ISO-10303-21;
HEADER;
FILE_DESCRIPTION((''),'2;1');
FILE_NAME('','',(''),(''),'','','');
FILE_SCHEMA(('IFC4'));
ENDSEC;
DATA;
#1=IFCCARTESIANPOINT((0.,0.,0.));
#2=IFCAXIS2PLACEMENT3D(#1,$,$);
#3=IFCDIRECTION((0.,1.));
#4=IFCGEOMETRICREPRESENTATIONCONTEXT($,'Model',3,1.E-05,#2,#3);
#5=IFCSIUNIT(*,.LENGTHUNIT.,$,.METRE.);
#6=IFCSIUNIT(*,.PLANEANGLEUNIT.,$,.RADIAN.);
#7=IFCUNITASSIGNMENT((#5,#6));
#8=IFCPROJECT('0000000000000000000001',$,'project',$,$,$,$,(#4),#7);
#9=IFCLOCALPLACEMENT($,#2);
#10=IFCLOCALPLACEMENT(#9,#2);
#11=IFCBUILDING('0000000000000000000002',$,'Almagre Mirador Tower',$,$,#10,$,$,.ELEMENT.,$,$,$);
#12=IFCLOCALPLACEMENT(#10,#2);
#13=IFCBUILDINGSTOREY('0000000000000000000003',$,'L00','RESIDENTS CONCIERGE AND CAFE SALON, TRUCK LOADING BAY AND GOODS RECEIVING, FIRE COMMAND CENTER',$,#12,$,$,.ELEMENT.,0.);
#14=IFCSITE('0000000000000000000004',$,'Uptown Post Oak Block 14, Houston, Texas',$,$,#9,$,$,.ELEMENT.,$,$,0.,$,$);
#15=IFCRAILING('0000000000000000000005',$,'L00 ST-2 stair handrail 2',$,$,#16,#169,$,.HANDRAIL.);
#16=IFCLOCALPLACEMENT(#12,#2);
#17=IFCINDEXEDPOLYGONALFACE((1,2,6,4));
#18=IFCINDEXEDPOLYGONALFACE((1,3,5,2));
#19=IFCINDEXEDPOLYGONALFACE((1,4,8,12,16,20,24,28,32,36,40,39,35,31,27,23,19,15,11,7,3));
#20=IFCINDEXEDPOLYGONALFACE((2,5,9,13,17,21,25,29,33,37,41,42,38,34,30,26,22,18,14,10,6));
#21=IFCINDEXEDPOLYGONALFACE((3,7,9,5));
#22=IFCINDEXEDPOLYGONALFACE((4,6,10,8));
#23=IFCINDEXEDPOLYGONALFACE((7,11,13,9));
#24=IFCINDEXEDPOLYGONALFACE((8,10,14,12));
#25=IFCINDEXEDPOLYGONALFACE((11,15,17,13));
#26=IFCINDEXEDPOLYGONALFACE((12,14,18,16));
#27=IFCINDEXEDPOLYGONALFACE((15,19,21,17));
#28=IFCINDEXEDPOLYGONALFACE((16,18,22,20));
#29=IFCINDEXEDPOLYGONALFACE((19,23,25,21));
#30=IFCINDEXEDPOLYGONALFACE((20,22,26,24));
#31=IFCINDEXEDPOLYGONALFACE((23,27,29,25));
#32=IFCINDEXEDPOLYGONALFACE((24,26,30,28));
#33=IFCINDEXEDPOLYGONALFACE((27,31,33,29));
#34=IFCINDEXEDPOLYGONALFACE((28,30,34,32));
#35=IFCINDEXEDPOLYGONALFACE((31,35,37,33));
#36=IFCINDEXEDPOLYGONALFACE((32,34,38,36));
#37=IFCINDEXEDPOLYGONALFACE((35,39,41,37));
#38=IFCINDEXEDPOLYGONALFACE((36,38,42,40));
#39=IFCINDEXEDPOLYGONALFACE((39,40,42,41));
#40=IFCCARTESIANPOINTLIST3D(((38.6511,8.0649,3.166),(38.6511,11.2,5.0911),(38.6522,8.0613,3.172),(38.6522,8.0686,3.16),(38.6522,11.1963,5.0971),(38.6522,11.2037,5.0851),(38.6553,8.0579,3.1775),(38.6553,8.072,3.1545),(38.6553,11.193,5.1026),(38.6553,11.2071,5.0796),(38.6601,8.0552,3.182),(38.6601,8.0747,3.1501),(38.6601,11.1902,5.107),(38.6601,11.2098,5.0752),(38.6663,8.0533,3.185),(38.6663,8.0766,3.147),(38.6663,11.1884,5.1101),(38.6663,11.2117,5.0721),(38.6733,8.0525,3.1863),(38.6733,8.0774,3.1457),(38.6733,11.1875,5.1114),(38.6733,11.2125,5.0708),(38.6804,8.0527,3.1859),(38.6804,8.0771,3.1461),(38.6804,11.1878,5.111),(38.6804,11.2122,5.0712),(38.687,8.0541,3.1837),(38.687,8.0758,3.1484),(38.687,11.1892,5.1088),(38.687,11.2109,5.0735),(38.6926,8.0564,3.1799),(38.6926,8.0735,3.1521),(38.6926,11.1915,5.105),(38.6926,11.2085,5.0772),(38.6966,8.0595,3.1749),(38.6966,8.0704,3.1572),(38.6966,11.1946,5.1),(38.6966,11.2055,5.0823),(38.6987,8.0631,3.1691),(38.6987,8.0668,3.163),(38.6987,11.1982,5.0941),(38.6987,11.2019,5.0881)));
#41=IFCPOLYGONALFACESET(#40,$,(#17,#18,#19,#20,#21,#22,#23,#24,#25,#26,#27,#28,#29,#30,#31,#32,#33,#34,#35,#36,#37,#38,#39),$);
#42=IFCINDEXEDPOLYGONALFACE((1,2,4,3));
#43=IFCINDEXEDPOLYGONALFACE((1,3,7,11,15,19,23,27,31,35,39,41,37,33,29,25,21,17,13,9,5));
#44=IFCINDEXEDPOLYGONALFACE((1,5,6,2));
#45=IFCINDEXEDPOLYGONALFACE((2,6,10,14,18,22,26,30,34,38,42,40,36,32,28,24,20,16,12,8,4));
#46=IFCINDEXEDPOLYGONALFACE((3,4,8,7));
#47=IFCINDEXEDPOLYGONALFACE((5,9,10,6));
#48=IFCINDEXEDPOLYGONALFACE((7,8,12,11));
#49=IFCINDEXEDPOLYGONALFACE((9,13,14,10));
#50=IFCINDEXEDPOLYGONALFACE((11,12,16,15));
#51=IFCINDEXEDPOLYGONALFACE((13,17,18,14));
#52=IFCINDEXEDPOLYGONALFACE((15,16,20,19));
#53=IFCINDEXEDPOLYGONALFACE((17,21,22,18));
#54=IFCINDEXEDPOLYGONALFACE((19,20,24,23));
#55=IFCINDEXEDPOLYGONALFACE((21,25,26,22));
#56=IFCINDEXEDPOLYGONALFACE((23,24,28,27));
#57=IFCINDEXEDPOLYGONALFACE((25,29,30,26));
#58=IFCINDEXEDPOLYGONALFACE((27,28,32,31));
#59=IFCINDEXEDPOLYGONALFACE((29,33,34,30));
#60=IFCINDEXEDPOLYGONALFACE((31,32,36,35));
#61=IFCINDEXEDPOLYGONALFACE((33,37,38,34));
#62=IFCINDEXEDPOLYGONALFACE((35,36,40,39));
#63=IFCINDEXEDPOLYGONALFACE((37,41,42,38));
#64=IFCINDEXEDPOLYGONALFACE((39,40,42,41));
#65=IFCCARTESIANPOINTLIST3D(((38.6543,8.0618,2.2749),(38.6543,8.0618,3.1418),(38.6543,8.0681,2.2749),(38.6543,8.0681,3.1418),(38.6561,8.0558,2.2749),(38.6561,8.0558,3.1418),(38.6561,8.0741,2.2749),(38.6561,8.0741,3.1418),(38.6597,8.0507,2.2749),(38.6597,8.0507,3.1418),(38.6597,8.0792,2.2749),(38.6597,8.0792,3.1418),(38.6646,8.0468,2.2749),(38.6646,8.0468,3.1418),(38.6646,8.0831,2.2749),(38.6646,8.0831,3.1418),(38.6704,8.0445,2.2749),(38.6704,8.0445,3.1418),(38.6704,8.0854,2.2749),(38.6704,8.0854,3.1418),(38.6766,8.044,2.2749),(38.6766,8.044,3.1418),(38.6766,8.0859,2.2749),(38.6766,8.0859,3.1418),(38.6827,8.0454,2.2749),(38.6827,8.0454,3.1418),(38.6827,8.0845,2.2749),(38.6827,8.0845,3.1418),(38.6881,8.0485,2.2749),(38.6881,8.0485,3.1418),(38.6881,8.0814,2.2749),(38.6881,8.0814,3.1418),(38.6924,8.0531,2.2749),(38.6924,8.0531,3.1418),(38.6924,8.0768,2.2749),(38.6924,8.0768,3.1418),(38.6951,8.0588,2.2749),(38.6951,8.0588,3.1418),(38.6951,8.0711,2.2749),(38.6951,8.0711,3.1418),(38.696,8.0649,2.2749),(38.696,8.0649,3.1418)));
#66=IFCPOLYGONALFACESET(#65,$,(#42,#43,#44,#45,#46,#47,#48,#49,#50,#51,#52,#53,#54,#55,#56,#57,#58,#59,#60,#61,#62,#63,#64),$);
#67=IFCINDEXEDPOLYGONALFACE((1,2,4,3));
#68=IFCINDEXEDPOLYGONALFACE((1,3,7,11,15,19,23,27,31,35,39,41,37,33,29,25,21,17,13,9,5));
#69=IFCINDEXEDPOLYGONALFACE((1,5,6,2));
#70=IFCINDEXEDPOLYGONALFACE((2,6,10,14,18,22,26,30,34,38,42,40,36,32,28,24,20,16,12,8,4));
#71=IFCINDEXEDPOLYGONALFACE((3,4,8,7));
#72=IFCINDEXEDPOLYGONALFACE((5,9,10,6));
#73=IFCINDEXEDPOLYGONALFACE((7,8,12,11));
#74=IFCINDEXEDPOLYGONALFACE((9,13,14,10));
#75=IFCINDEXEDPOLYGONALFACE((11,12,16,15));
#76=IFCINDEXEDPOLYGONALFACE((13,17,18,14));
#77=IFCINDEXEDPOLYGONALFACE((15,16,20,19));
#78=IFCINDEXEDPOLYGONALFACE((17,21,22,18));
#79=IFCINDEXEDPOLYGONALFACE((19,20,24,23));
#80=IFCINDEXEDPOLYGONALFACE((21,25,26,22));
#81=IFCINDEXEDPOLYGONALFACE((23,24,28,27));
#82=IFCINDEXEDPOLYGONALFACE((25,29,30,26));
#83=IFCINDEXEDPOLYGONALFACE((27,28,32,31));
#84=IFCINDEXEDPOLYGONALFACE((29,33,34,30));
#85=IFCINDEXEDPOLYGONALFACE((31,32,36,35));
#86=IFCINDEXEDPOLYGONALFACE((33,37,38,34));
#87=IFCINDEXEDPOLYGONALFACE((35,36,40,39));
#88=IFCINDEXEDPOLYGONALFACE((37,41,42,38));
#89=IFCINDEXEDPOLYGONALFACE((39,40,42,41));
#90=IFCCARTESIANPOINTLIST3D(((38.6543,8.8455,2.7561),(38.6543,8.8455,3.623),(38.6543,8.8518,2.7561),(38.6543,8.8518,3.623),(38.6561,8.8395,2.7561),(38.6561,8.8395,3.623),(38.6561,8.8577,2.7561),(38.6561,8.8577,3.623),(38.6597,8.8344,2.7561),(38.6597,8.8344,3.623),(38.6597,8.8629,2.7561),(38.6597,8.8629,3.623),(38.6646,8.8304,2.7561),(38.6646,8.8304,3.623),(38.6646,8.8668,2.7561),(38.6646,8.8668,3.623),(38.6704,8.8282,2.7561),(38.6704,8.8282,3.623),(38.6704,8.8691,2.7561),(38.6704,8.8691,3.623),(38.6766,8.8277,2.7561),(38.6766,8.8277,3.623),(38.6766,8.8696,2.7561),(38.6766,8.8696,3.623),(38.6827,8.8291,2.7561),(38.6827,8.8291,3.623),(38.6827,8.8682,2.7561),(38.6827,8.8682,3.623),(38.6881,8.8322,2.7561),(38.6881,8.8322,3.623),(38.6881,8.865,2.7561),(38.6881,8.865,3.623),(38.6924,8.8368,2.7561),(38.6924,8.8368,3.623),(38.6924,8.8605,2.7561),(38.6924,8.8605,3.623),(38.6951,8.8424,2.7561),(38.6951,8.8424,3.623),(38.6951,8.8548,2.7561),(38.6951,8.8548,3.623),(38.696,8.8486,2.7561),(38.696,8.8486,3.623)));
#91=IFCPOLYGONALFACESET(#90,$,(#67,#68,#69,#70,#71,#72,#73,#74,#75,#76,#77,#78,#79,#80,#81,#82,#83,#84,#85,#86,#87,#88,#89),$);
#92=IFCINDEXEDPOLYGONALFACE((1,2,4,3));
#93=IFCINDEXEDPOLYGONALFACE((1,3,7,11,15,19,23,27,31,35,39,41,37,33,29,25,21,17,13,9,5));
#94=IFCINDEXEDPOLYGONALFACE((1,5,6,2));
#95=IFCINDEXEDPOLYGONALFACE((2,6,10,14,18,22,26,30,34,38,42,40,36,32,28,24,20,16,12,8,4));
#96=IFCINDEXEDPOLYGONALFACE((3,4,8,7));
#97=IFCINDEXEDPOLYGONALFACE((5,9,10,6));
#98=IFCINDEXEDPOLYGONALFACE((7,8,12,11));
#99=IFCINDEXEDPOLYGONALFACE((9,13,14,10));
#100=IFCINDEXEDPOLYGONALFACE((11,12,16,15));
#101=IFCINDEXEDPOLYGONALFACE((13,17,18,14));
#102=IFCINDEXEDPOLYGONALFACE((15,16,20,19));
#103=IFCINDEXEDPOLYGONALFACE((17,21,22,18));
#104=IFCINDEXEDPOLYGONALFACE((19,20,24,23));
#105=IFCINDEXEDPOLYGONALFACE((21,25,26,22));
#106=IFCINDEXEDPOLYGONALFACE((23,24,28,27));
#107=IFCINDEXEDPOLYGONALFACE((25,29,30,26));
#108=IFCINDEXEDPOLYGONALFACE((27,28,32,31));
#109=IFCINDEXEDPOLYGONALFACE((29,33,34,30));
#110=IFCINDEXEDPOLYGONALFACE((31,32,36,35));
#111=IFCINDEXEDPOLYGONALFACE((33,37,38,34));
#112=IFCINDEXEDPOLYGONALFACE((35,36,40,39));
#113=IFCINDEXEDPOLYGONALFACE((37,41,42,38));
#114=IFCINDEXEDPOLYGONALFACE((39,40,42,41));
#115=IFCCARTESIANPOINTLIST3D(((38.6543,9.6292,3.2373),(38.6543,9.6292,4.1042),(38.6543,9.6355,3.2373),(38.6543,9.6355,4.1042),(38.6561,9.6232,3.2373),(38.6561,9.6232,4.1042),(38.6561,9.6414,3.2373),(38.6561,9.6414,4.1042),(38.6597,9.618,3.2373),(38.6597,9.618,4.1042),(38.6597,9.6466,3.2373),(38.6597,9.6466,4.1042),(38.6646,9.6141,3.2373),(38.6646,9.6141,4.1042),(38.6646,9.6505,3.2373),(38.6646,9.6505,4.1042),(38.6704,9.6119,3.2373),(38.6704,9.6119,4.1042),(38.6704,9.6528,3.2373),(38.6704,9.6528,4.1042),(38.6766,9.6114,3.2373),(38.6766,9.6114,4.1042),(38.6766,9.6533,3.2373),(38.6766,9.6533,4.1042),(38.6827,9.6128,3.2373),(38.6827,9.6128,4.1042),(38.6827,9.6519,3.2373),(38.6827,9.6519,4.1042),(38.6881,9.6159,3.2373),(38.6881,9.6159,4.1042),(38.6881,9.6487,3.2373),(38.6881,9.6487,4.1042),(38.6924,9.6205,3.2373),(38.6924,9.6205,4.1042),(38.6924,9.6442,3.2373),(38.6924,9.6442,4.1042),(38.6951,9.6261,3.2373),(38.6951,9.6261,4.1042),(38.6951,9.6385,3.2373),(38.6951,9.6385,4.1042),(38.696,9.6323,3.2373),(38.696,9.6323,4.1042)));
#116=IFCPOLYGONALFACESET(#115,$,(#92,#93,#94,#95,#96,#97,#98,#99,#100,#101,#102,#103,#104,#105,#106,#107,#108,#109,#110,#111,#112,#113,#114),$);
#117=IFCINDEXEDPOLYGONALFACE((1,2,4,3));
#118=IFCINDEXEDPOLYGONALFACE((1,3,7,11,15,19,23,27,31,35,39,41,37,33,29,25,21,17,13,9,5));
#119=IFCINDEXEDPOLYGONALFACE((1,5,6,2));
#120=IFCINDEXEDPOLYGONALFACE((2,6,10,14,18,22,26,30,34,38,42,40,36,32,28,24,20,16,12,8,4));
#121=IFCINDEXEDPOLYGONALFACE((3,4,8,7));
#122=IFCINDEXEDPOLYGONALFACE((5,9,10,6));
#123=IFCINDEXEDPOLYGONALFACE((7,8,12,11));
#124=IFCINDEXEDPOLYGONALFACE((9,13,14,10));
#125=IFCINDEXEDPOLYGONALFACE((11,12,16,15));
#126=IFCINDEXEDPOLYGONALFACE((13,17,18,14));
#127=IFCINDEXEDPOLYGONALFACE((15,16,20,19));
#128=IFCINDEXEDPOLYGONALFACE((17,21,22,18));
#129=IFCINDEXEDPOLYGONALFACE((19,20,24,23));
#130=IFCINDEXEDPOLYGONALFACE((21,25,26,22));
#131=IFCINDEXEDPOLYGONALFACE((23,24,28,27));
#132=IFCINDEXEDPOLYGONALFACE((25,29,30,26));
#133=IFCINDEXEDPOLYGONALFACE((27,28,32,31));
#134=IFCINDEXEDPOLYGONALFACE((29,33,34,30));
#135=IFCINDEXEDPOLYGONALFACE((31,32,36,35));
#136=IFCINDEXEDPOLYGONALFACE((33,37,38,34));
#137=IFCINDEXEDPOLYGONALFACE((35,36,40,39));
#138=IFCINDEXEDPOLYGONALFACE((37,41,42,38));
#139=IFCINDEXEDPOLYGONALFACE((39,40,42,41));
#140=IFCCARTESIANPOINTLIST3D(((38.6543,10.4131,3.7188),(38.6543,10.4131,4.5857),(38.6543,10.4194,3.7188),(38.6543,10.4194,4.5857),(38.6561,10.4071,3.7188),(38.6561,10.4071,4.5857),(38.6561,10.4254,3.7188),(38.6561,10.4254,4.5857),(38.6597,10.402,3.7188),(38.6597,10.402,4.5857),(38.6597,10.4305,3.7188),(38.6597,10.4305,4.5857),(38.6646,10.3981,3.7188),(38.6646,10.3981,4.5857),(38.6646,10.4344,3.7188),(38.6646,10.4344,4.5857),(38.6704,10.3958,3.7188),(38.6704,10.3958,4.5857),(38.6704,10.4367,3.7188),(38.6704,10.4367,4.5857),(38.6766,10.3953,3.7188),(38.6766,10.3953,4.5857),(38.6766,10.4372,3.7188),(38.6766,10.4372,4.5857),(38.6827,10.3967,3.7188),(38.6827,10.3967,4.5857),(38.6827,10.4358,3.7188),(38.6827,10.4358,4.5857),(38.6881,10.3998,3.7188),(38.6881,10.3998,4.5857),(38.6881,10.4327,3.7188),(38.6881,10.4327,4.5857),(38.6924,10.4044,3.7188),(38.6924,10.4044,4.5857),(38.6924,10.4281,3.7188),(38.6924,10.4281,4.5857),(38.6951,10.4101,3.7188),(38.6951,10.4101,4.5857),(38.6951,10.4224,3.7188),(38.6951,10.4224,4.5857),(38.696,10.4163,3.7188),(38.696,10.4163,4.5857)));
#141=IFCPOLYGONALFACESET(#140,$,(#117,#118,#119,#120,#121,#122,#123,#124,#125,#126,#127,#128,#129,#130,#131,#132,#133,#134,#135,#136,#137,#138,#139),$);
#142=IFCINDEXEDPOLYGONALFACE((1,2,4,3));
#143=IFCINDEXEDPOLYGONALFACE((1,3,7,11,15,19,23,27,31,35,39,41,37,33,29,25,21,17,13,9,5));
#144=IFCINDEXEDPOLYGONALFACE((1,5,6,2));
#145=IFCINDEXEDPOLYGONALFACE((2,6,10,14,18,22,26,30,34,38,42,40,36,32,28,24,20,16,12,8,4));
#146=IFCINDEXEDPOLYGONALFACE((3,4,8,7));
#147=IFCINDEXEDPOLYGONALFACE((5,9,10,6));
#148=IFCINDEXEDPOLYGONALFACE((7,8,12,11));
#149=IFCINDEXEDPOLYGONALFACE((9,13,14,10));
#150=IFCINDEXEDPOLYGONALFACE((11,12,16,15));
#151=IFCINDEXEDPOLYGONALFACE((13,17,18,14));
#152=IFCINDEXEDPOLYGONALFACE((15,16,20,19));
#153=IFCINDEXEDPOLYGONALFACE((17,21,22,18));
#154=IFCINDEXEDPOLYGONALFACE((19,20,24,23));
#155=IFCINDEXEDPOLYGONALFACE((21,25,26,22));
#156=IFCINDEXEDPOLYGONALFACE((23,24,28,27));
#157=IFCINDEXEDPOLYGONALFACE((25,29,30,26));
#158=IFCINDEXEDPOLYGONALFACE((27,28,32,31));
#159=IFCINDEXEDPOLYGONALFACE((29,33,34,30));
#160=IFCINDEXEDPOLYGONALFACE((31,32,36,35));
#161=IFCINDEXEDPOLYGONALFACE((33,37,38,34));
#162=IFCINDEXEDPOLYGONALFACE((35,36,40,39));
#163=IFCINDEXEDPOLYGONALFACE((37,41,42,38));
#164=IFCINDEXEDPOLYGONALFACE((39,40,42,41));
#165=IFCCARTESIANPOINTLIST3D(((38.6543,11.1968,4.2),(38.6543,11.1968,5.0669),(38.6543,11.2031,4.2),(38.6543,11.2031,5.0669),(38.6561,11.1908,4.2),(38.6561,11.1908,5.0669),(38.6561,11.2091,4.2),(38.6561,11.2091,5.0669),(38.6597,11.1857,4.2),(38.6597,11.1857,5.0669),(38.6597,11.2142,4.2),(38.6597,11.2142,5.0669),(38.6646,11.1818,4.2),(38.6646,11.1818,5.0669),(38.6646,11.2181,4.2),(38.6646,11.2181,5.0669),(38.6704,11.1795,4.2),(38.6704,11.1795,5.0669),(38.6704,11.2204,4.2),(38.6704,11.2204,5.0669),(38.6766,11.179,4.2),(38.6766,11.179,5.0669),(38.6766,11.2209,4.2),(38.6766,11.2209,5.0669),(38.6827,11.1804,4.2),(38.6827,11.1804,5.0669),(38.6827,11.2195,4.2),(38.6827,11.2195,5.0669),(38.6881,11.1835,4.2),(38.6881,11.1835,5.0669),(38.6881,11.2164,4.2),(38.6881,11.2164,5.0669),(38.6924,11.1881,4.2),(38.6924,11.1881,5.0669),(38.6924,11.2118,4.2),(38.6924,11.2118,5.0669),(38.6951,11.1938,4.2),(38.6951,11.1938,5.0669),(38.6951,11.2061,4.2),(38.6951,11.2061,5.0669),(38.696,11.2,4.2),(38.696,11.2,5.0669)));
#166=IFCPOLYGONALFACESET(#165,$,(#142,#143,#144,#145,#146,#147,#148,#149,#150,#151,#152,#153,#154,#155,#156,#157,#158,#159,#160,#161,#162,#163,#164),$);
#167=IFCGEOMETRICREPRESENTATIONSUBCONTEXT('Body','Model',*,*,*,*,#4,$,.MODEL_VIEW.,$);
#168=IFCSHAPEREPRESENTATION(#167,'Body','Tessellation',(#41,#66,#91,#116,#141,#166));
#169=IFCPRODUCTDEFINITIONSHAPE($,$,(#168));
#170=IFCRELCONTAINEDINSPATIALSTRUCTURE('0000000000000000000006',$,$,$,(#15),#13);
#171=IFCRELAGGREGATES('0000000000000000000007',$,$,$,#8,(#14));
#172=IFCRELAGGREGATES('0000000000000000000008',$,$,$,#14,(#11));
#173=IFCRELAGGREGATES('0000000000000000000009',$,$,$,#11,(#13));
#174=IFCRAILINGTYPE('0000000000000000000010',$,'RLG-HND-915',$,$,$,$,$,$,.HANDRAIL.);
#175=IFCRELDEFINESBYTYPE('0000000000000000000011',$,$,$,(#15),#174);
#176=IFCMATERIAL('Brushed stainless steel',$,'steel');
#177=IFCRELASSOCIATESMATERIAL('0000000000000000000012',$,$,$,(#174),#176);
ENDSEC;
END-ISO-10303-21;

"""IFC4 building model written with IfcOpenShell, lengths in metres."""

from ifc_helpers import new_model, si_unit, direction, frame, origin, origin_2d, place, context, subcontext, project, spatial, circle, extrude, material, type_object, element, save


model = new_model("IFC4")

# Units and contexts
model_context = context("Model", 3, precision=1e-05, world=origin(), true_north=direction((0.0, 1.0)))
body_context = subcontext(model_context, "Body", "Model", "MODEL_VIEW")
ifc_project = project(units=[si_unit("LENGTHUNIT", "METRE"), si_unit("PLANEANGLEUNIT", "RADIAN")], contexts=[model_context])

# Site, building, storey
site_placement = place(None, origin())
site = spatial("IfcSite", under=ifc_project, at=site_placement, Name="Uptown Post Oak Block 14, Houston, Texas", CompositionType="ELEMENT", RefElevation=0.0)
building_placement = place(site_placement, origin())
building = spatial("IfcBuilding", under=site, at=building_placement, Name="Almagre Mirador Tower", CompositionType="ELEMENT")
storey_placement = place(building_placement, origin())
storey = spatial("IfcBuildingStorey", under=building, at=storey_placement, Name="L00", Description="RESIDENTS CONCIERGE AND CAFE SALON, TRUCK LOADING BAY AND GOODS RECEIVING, FIRE COMMAND CENTER", CompositionType="ELEMENT", Elevation=0.0)

# Railing
ifc_material_1 = material(Name="Brushed stainless steel", Category="steel")
railing_type_1 = type_object("IfcRailingType", Name="RLG-HND-915", PredefinedType="HANDRAIL", material=ifc_material_1)
railing_1_placement = place(storey_placement, frame((38.675, 8.0649, 2.2749)))
element("IfcRailing", 1, at=railing_1_placement, inside=storey, type_object=railing_type_1, Name="L00 ST-2 stair handrail 2", PredefinedType="HANDRAIL", context=body_context, shape_type="SweptSolid", body=[
    extrude(circle(Radius=0.0239, at=origin_2d()), frame((0.0, 0.0, 0.8911), z_axis=(0.0, 0.852166, 0.523271), x_axis=(-1.0, 0.0, 0.0)), (0.0, 0.0, 1.0), 3.679),
    extrude(circle(Radius=0.021, at=origin_2d()), origin(), (0.0, 0.0, 1.0), 0.8669),
    extrude(circle(Radius=0.021, at=origin_2d()), frame((0.0, 0.7837, 0.4812)), (0.0, 0.0, 1.0), 0.8669),
    extrude(circle(Radius=0.021, at=origin_2d()), frame((0.0, 1.5674, 0.9624)), (0.0, 0.0, 1.0), 0.8669),
    extrude(circle(Radius=0.021, at=origin_2d()), frame((0.0, 2.3513, 1.4438)), (0.0, 0.0, 1.0), 0.8669),
    extrude(circle(Radius=0.021, at=origin_2d()), frame((0.0, 3.135, 1.925)), (0.0, 0.0, 1.0), 0.8669),
])

save(model, "model.ifc")
